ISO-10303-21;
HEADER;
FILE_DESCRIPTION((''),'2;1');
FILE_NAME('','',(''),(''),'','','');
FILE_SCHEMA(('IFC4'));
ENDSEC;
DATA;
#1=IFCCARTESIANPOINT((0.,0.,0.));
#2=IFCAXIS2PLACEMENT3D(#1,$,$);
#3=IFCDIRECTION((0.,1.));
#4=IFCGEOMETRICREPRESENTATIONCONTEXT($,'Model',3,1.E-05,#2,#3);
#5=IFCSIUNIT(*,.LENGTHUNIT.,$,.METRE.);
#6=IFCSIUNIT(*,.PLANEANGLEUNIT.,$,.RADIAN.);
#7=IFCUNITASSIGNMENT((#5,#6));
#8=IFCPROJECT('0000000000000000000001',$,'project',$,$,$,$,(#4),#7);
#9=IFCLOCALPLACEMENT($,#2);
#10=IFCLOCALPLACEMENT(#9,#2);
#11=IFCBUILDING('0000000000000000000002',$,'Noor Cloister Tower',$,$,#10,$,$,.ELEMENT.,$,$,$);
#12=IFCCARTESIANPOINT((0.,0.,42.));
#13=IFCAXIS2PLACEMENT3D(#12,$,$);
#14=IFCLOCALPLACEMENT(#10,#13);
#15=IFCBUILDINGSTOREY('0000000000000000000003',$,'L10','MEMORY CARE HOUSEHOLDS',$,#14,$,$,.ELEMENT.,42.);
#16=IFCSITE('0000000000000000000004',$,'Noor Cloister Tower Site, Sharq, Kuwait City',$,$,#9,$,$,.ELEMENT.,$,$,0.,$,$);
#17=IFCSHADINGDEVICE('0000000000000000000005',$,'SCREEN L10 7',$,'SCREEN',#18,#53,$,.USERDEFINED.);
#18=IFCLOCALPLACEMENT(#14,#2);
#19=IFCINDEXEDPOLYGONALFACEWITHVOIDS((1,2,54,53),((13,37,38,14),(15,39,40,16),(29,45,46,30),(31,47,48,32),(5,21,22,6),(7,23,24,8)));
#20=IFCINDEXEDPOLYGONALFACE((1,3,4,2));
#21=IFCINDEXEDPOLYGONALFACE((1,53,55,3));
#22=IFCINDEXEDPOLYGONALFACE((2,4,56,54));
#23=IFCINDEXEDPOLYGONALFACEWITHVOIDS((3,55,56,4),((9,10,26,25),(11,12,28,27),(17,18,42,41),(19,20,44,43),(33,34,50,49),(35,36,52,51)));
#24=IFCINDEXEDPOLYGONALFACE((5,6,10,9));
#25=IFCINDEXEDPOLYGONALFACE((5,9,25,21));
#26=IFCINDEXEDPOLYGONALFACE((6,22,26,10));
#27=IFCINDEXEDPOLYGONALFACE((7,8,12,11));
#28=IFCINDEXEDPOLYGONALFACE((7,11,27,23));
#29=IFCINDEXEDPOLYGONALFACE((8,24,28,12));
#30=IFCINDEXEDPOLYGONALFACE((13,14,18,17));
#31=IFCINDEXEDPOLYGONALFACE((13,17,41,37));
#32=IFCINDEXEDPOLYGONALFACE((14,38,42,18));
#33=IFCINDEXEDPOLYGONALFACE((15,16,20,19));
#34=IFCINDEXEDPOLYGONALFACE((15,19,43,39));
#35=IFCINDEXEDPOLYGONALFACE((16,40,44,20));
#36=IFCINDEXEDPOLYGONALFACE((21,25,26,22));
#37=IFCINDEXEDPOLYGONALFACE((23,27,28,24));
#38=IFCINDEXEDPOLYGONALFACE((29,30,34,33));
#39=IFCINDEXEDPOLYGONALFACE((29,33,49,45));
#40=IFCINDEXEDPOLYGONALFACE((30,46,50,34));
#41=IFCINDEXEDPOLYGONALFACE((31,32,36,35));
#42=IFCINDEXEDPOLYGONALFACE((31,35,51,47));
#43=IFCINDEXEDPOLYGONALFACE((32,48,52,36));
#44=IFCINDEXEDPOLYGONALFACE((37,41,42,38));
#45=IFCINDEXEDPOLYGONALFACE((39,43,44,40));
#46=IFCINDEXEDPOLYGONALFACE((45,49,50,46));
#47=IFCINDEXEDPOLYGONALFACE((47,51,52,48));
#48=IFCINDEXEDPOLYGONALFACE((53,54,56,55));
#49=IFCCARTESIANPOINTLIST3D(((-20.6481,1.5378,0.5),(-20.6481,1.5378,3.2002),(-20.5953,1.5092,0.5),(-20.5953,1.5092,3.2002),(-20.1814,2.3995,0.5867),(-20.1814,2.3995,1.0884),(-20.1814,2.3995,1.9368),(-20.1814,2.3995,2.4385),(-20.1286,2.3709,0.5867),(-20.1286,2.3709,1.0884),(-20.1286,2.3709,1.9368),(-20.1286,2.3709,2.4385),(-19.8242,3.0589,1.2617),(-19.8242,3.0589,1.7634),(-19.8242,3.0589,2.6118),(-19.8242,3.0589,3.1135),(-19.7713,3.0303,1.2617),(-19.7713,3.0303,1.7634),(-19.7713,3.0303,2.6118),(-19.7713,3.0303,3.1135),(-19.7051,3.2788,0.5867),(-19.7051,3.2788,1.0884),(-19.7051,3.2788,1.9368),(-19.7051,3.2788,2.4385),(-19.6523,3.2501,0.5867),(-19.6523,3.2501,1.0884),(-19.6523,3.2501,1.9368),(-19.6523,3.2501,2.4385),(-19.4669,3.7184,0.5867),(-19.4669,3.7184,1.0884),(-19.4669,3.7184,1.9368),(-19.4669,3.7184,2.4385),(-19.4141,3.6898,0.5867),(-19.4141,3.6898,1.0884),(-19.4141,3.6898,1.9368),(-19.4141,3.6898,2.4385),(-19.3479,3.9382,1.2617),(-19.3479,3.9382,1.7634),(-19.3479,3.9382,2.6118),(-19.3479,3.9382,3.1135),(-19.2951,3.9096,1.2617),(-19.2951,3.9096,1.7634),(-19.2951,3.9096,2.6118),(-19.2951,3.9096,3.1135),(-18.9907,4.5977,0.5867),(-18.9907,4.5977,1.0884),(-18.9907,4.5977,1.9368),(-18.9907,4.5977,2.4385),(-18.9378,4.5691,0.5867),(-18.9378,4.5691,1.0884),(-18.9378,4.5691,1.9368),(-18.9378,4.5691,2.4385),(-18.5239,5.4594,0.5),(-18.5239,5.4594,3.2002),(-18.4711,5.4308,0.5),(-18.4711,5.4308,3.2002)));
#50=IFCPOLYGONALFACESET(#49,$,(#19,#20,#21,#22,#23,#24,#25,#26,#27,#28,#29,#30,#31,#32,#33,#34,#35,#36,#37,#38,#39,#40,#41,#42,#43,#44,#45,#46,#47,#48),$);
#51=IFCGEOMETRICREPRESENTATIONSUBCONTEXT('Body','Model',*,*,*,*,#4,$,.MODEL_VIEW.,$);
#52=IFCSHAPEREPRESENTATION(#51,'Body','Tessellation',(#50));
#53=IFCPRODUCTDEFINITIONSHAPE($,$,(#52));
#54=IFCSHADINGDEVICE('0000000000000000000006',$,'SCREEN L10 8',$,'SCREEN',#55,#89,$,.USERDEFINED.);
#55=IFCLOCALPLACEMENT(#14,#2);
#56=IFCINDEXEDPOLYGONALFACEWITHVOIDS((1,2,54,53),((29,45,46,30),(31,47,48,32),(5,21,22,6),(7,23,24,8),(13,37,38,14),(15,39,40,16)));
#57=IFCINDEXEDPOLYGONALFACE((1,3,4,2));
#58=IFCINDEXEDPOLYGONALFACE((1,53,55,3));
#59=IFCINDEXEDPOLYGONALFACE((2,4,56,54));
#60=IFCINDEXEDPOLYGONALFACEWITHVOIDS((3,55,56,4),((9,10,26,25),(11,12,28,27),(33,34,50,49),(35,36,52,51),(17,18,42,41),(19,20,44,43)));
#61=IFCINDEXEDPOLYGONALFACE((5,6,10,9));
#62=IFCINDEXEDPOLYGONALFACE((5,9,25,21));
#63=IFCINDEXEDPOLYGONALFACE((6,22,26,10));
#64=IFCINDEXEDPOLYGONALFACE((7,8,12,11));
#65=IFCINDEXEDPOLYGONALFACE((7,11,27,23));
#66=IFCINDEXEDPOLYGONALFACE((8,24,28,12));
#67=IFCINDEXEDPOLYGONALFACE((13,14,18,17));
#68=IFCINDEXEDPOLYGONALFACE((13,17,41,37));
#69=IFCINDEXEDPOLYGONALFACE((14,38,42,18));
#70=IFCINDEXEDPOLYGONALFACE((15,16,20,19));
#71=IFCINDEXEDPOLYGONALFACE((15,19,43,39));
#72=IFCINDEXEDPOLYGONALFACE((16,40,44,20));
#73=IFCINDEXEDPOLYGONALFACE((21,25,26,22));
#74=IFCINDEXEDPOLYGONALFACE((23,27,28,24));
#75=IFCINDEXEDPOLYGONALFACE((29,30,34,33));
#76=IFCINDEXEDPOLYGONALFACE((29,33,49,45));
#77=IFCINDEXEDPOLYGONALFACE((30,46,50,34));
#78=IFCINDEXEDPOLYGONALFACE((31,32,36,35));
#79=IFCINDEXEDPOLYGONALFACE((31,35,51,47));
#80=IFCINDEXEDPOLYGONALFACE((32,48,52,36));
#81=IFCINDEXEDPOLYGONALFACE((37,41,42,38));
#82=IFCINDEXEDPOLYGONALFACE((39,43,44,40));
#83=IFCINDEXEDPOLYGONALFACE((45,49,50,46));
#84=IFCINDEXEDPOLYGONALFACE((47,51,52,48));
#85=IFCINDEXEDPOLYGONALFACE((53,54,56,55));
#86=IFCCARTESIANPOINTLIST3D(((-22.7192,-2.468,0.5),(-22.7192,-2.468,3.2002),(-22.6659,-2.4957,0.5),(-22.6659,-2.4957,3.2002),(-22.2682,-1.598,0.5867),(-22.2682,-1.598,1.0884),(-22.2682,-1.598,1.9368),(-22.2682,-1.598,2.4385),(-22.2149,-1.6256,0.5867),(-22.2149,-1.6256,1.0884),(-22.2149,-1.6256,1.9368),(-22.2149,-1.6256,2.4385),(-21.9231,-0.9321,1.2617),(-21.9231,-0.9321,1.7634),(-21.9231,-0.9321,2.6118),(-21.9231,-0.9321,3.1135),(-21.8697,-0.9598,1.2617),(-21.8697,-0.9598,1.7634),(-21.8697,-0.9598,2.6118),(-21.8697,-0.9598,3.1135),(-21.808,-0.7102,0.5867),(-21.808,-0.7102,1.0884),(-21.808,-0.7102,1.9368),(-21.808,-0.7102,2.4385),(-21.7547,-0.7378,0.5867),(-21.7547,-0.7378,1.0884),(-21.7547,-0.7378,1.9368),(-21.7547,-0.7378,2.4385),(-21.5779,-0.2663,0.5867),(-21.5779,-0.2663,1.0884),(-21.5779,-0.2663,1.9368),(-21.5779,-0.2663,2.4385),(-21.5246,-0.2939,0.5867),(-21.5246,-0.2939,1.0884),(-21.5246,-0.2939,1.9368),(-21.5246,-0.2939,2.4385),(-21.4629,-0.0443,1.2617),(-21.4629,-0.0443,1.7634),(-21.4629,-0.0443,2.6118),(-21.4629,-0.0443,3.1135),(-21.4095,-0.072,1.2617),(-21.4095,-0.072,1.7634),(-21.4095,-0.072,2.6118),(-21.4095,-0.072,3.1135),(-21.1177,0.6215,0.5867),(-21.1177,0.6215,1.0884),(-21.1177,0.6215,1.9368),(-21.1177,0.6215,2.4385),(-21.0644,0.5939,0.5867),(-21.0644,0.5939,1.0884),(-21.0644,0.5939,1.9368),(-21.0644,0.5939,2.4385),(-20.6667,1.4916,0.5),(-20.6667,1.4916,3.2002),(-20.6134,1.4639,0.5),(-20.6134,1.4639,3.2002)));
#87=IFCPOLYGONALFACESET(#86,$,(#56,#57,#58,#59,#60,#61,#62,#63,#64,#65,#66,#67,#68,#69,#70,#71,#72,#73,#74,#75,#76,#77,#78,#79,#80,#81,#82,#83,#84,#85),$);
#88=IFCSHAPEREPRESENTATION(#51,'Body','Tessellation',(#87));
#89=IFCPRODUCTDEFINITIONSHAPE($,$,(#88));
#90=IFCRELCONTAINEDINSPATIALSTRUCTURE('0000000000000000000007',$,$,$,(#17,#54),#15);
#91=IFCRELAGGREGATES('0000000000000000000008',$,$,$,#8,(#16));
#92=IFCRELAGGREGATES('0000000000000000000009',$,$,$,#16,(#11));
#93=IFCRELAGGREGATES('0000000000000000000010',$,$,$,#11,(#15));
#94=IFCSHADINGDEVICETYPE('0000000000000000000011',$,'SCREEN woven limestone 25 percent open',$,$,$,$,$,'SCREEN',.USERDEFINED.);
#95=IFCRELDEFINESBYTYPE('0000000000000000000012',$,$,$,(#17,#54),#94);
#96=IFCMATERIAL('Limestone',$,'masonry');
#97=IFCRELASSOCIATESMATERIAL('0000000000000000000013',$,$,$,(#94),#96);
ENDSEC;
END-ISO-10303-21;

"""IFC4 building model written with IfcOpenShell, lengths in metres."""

from ifc_helpers import new_model, si_unit, direction, frame, origin, place, context, subcontext, project, spatial, polyline, outline, extrude, material, material_profile, profile_set, type_object, element, save


model = new_model("IFC4")

# Units and contexts
model_context = context("Model", 3, precision=1e-05, world=origin(), true_north=direction((0.0, 1.0)))
body_context = subcontext(model_context, "Body", "Model", "MODEL_VIEW")
ifc_project = project(units=[si_unit("LENGTHUNIT", "METRE"), si_unit("PLANEANGLEUNIT", "RADIAN")], contexts=[model_context])

# Site, building, storey
site_placement = place(None, origin())
site = spatial("IfcSite", under=ifc_project, at=site_placement, Name="Noor Cloister Tower Site, Sharq, Kuwait City", CompositionType="ELEMENT", RefElevation=0.0)
building_placement = place(site_placement, origin())
building = spatial("IfcBuilding", under=site, at=building_placement, Name="Noor Cloister Tower", CompositionType="ELEMENT")
storey_placement = place(building_placement, frame((0.0, 0.0, 42.0)))
storey = spatial("IfcBuildingStorey", under=building, at=storey_placement, Name="L10", Description="MEMORY CARE HOUSEHOLDS", CompositionType="ELEMENT", Elevation=42.0)

# Shading devices
ifc_material_1 = material(Name="Limestone", Category="masonry")
ifc_material_profile_1 = material_profile(ifc_material_1, outline(polyline([(-2.23, -1.3501), (2.23, -1.3501), (2.23, 1.3501), (-2.23, 1.3501), (-2.23, -1.3501)]), holes=[polyline([(-1.25, -1.2634), (-0.25, -1.2634), (-0.25, -0.7617), (-1.25, -0.7617), (-1.25, -1.2634)]), polyline([(0.25, -1.2634), (1.25, -1.2634), (1.25, -0.7617), (0.25, -0.7617), (0.25, -1.2634)]), polyline([(-0.5, -0.5884), (0.5, -0.5884), (0.5, -0.0867), (-0.5, -0.0867), (-0.5, -0.5884)]), polyline([(-1.25, 0.0867), (-0.25, 0.0867), (-0.25, 0.5884), (-1.25, 0.5884), (-1.25, 0.0867)]), polyline([(0.25, 0.0867), (1.25, 0.0867), (1.25, 0.5884), (0.25, 0.5884), (0.25, 0.0867)]), polyline([(-0.5, 0.7617), (0.5, 0.7617), (0.5, 1.2634), (-0.5, 1.2634), (-0.5, 0.7617)])]), Name="Woven screen 25 percent open")
ifc_profile_set_1 = profile_set([ifc_material_profile_1], Name="Limestone")
shading_device_type = type_object("IfcShadingDeviceType", Name="SCREEN woven limestone 25 percent open", ElementType="SCREEN", PredefinedType="USERDEFINED", material=ifc_profile_set_1)
for number, where, z_axis, x_axis, name in (
    (1, (-19.5332, 3.47, 1.8501), (-0.879292, 0.476283, 0.0), (-0.476283, -0.879292, 0.0), "SCREEN L10 7"),
    (2, (-21.6396, -0.5159, 1.8501), (-0.887816, 0.460198, 0.0), (-0.460198, -0.887816, 0.0), "SCREEN L10 8"),
):
    element("IfcShadingDevice", number, at=place(storey_placement, frame(where, z_axis=z_axis, x_axis=x_axis)), inside=storey, type_object=shading_device_type, Name=name, ObjectType="SCREEN", PredefinedType="USERDEFINED", context=body_context, shape_type="SweptSolid", body=[
        extrude(outline(polyline([(-2.23, -1.3501), (2.23, -1.3501), (2.23, 1.3501), (-2.23, 1.3501), (-2.23, -1.3501)]), holes=[polyline([(-1.25, -1.2634), (-0.25, -1.2634), (-0.25, -0.7617), (-1.25, -0.7617), (-1.25, -1.2634)]), polyline([(0.25, -1.2634), (1.25, -1.2634), (1.25, -0.7617), (0.25, -0.7617), (0.25, -1.2634)]), polyline([(-0.5, -0.5884), (0.5, -0.5884), (0.5, -0.0867), (-0.5, -0.0867), (-0.5, -0.5884)]), polyline([(-1.25, 0.0867), (-0.25, 0.0867), (-0.25, 0.5884), (-1.25, 0.5884), (-1.25, 0.0867)]), polyline([(0.25, 0.0867), (1.25, 0.0867), (1.25, 0.5884), (0.25, 0.5884), (0.25, 0.0867)]), polyline([(-0.5, 0.7617), (0.5, 0.7617), (0.5, 1.2634), (-0.5, 1.2634), (-0.5, 0.7617)])]), origin(), (0.0, 0.0, 1.0), 0.0601),
    ])

save(model, "model.ifc")
